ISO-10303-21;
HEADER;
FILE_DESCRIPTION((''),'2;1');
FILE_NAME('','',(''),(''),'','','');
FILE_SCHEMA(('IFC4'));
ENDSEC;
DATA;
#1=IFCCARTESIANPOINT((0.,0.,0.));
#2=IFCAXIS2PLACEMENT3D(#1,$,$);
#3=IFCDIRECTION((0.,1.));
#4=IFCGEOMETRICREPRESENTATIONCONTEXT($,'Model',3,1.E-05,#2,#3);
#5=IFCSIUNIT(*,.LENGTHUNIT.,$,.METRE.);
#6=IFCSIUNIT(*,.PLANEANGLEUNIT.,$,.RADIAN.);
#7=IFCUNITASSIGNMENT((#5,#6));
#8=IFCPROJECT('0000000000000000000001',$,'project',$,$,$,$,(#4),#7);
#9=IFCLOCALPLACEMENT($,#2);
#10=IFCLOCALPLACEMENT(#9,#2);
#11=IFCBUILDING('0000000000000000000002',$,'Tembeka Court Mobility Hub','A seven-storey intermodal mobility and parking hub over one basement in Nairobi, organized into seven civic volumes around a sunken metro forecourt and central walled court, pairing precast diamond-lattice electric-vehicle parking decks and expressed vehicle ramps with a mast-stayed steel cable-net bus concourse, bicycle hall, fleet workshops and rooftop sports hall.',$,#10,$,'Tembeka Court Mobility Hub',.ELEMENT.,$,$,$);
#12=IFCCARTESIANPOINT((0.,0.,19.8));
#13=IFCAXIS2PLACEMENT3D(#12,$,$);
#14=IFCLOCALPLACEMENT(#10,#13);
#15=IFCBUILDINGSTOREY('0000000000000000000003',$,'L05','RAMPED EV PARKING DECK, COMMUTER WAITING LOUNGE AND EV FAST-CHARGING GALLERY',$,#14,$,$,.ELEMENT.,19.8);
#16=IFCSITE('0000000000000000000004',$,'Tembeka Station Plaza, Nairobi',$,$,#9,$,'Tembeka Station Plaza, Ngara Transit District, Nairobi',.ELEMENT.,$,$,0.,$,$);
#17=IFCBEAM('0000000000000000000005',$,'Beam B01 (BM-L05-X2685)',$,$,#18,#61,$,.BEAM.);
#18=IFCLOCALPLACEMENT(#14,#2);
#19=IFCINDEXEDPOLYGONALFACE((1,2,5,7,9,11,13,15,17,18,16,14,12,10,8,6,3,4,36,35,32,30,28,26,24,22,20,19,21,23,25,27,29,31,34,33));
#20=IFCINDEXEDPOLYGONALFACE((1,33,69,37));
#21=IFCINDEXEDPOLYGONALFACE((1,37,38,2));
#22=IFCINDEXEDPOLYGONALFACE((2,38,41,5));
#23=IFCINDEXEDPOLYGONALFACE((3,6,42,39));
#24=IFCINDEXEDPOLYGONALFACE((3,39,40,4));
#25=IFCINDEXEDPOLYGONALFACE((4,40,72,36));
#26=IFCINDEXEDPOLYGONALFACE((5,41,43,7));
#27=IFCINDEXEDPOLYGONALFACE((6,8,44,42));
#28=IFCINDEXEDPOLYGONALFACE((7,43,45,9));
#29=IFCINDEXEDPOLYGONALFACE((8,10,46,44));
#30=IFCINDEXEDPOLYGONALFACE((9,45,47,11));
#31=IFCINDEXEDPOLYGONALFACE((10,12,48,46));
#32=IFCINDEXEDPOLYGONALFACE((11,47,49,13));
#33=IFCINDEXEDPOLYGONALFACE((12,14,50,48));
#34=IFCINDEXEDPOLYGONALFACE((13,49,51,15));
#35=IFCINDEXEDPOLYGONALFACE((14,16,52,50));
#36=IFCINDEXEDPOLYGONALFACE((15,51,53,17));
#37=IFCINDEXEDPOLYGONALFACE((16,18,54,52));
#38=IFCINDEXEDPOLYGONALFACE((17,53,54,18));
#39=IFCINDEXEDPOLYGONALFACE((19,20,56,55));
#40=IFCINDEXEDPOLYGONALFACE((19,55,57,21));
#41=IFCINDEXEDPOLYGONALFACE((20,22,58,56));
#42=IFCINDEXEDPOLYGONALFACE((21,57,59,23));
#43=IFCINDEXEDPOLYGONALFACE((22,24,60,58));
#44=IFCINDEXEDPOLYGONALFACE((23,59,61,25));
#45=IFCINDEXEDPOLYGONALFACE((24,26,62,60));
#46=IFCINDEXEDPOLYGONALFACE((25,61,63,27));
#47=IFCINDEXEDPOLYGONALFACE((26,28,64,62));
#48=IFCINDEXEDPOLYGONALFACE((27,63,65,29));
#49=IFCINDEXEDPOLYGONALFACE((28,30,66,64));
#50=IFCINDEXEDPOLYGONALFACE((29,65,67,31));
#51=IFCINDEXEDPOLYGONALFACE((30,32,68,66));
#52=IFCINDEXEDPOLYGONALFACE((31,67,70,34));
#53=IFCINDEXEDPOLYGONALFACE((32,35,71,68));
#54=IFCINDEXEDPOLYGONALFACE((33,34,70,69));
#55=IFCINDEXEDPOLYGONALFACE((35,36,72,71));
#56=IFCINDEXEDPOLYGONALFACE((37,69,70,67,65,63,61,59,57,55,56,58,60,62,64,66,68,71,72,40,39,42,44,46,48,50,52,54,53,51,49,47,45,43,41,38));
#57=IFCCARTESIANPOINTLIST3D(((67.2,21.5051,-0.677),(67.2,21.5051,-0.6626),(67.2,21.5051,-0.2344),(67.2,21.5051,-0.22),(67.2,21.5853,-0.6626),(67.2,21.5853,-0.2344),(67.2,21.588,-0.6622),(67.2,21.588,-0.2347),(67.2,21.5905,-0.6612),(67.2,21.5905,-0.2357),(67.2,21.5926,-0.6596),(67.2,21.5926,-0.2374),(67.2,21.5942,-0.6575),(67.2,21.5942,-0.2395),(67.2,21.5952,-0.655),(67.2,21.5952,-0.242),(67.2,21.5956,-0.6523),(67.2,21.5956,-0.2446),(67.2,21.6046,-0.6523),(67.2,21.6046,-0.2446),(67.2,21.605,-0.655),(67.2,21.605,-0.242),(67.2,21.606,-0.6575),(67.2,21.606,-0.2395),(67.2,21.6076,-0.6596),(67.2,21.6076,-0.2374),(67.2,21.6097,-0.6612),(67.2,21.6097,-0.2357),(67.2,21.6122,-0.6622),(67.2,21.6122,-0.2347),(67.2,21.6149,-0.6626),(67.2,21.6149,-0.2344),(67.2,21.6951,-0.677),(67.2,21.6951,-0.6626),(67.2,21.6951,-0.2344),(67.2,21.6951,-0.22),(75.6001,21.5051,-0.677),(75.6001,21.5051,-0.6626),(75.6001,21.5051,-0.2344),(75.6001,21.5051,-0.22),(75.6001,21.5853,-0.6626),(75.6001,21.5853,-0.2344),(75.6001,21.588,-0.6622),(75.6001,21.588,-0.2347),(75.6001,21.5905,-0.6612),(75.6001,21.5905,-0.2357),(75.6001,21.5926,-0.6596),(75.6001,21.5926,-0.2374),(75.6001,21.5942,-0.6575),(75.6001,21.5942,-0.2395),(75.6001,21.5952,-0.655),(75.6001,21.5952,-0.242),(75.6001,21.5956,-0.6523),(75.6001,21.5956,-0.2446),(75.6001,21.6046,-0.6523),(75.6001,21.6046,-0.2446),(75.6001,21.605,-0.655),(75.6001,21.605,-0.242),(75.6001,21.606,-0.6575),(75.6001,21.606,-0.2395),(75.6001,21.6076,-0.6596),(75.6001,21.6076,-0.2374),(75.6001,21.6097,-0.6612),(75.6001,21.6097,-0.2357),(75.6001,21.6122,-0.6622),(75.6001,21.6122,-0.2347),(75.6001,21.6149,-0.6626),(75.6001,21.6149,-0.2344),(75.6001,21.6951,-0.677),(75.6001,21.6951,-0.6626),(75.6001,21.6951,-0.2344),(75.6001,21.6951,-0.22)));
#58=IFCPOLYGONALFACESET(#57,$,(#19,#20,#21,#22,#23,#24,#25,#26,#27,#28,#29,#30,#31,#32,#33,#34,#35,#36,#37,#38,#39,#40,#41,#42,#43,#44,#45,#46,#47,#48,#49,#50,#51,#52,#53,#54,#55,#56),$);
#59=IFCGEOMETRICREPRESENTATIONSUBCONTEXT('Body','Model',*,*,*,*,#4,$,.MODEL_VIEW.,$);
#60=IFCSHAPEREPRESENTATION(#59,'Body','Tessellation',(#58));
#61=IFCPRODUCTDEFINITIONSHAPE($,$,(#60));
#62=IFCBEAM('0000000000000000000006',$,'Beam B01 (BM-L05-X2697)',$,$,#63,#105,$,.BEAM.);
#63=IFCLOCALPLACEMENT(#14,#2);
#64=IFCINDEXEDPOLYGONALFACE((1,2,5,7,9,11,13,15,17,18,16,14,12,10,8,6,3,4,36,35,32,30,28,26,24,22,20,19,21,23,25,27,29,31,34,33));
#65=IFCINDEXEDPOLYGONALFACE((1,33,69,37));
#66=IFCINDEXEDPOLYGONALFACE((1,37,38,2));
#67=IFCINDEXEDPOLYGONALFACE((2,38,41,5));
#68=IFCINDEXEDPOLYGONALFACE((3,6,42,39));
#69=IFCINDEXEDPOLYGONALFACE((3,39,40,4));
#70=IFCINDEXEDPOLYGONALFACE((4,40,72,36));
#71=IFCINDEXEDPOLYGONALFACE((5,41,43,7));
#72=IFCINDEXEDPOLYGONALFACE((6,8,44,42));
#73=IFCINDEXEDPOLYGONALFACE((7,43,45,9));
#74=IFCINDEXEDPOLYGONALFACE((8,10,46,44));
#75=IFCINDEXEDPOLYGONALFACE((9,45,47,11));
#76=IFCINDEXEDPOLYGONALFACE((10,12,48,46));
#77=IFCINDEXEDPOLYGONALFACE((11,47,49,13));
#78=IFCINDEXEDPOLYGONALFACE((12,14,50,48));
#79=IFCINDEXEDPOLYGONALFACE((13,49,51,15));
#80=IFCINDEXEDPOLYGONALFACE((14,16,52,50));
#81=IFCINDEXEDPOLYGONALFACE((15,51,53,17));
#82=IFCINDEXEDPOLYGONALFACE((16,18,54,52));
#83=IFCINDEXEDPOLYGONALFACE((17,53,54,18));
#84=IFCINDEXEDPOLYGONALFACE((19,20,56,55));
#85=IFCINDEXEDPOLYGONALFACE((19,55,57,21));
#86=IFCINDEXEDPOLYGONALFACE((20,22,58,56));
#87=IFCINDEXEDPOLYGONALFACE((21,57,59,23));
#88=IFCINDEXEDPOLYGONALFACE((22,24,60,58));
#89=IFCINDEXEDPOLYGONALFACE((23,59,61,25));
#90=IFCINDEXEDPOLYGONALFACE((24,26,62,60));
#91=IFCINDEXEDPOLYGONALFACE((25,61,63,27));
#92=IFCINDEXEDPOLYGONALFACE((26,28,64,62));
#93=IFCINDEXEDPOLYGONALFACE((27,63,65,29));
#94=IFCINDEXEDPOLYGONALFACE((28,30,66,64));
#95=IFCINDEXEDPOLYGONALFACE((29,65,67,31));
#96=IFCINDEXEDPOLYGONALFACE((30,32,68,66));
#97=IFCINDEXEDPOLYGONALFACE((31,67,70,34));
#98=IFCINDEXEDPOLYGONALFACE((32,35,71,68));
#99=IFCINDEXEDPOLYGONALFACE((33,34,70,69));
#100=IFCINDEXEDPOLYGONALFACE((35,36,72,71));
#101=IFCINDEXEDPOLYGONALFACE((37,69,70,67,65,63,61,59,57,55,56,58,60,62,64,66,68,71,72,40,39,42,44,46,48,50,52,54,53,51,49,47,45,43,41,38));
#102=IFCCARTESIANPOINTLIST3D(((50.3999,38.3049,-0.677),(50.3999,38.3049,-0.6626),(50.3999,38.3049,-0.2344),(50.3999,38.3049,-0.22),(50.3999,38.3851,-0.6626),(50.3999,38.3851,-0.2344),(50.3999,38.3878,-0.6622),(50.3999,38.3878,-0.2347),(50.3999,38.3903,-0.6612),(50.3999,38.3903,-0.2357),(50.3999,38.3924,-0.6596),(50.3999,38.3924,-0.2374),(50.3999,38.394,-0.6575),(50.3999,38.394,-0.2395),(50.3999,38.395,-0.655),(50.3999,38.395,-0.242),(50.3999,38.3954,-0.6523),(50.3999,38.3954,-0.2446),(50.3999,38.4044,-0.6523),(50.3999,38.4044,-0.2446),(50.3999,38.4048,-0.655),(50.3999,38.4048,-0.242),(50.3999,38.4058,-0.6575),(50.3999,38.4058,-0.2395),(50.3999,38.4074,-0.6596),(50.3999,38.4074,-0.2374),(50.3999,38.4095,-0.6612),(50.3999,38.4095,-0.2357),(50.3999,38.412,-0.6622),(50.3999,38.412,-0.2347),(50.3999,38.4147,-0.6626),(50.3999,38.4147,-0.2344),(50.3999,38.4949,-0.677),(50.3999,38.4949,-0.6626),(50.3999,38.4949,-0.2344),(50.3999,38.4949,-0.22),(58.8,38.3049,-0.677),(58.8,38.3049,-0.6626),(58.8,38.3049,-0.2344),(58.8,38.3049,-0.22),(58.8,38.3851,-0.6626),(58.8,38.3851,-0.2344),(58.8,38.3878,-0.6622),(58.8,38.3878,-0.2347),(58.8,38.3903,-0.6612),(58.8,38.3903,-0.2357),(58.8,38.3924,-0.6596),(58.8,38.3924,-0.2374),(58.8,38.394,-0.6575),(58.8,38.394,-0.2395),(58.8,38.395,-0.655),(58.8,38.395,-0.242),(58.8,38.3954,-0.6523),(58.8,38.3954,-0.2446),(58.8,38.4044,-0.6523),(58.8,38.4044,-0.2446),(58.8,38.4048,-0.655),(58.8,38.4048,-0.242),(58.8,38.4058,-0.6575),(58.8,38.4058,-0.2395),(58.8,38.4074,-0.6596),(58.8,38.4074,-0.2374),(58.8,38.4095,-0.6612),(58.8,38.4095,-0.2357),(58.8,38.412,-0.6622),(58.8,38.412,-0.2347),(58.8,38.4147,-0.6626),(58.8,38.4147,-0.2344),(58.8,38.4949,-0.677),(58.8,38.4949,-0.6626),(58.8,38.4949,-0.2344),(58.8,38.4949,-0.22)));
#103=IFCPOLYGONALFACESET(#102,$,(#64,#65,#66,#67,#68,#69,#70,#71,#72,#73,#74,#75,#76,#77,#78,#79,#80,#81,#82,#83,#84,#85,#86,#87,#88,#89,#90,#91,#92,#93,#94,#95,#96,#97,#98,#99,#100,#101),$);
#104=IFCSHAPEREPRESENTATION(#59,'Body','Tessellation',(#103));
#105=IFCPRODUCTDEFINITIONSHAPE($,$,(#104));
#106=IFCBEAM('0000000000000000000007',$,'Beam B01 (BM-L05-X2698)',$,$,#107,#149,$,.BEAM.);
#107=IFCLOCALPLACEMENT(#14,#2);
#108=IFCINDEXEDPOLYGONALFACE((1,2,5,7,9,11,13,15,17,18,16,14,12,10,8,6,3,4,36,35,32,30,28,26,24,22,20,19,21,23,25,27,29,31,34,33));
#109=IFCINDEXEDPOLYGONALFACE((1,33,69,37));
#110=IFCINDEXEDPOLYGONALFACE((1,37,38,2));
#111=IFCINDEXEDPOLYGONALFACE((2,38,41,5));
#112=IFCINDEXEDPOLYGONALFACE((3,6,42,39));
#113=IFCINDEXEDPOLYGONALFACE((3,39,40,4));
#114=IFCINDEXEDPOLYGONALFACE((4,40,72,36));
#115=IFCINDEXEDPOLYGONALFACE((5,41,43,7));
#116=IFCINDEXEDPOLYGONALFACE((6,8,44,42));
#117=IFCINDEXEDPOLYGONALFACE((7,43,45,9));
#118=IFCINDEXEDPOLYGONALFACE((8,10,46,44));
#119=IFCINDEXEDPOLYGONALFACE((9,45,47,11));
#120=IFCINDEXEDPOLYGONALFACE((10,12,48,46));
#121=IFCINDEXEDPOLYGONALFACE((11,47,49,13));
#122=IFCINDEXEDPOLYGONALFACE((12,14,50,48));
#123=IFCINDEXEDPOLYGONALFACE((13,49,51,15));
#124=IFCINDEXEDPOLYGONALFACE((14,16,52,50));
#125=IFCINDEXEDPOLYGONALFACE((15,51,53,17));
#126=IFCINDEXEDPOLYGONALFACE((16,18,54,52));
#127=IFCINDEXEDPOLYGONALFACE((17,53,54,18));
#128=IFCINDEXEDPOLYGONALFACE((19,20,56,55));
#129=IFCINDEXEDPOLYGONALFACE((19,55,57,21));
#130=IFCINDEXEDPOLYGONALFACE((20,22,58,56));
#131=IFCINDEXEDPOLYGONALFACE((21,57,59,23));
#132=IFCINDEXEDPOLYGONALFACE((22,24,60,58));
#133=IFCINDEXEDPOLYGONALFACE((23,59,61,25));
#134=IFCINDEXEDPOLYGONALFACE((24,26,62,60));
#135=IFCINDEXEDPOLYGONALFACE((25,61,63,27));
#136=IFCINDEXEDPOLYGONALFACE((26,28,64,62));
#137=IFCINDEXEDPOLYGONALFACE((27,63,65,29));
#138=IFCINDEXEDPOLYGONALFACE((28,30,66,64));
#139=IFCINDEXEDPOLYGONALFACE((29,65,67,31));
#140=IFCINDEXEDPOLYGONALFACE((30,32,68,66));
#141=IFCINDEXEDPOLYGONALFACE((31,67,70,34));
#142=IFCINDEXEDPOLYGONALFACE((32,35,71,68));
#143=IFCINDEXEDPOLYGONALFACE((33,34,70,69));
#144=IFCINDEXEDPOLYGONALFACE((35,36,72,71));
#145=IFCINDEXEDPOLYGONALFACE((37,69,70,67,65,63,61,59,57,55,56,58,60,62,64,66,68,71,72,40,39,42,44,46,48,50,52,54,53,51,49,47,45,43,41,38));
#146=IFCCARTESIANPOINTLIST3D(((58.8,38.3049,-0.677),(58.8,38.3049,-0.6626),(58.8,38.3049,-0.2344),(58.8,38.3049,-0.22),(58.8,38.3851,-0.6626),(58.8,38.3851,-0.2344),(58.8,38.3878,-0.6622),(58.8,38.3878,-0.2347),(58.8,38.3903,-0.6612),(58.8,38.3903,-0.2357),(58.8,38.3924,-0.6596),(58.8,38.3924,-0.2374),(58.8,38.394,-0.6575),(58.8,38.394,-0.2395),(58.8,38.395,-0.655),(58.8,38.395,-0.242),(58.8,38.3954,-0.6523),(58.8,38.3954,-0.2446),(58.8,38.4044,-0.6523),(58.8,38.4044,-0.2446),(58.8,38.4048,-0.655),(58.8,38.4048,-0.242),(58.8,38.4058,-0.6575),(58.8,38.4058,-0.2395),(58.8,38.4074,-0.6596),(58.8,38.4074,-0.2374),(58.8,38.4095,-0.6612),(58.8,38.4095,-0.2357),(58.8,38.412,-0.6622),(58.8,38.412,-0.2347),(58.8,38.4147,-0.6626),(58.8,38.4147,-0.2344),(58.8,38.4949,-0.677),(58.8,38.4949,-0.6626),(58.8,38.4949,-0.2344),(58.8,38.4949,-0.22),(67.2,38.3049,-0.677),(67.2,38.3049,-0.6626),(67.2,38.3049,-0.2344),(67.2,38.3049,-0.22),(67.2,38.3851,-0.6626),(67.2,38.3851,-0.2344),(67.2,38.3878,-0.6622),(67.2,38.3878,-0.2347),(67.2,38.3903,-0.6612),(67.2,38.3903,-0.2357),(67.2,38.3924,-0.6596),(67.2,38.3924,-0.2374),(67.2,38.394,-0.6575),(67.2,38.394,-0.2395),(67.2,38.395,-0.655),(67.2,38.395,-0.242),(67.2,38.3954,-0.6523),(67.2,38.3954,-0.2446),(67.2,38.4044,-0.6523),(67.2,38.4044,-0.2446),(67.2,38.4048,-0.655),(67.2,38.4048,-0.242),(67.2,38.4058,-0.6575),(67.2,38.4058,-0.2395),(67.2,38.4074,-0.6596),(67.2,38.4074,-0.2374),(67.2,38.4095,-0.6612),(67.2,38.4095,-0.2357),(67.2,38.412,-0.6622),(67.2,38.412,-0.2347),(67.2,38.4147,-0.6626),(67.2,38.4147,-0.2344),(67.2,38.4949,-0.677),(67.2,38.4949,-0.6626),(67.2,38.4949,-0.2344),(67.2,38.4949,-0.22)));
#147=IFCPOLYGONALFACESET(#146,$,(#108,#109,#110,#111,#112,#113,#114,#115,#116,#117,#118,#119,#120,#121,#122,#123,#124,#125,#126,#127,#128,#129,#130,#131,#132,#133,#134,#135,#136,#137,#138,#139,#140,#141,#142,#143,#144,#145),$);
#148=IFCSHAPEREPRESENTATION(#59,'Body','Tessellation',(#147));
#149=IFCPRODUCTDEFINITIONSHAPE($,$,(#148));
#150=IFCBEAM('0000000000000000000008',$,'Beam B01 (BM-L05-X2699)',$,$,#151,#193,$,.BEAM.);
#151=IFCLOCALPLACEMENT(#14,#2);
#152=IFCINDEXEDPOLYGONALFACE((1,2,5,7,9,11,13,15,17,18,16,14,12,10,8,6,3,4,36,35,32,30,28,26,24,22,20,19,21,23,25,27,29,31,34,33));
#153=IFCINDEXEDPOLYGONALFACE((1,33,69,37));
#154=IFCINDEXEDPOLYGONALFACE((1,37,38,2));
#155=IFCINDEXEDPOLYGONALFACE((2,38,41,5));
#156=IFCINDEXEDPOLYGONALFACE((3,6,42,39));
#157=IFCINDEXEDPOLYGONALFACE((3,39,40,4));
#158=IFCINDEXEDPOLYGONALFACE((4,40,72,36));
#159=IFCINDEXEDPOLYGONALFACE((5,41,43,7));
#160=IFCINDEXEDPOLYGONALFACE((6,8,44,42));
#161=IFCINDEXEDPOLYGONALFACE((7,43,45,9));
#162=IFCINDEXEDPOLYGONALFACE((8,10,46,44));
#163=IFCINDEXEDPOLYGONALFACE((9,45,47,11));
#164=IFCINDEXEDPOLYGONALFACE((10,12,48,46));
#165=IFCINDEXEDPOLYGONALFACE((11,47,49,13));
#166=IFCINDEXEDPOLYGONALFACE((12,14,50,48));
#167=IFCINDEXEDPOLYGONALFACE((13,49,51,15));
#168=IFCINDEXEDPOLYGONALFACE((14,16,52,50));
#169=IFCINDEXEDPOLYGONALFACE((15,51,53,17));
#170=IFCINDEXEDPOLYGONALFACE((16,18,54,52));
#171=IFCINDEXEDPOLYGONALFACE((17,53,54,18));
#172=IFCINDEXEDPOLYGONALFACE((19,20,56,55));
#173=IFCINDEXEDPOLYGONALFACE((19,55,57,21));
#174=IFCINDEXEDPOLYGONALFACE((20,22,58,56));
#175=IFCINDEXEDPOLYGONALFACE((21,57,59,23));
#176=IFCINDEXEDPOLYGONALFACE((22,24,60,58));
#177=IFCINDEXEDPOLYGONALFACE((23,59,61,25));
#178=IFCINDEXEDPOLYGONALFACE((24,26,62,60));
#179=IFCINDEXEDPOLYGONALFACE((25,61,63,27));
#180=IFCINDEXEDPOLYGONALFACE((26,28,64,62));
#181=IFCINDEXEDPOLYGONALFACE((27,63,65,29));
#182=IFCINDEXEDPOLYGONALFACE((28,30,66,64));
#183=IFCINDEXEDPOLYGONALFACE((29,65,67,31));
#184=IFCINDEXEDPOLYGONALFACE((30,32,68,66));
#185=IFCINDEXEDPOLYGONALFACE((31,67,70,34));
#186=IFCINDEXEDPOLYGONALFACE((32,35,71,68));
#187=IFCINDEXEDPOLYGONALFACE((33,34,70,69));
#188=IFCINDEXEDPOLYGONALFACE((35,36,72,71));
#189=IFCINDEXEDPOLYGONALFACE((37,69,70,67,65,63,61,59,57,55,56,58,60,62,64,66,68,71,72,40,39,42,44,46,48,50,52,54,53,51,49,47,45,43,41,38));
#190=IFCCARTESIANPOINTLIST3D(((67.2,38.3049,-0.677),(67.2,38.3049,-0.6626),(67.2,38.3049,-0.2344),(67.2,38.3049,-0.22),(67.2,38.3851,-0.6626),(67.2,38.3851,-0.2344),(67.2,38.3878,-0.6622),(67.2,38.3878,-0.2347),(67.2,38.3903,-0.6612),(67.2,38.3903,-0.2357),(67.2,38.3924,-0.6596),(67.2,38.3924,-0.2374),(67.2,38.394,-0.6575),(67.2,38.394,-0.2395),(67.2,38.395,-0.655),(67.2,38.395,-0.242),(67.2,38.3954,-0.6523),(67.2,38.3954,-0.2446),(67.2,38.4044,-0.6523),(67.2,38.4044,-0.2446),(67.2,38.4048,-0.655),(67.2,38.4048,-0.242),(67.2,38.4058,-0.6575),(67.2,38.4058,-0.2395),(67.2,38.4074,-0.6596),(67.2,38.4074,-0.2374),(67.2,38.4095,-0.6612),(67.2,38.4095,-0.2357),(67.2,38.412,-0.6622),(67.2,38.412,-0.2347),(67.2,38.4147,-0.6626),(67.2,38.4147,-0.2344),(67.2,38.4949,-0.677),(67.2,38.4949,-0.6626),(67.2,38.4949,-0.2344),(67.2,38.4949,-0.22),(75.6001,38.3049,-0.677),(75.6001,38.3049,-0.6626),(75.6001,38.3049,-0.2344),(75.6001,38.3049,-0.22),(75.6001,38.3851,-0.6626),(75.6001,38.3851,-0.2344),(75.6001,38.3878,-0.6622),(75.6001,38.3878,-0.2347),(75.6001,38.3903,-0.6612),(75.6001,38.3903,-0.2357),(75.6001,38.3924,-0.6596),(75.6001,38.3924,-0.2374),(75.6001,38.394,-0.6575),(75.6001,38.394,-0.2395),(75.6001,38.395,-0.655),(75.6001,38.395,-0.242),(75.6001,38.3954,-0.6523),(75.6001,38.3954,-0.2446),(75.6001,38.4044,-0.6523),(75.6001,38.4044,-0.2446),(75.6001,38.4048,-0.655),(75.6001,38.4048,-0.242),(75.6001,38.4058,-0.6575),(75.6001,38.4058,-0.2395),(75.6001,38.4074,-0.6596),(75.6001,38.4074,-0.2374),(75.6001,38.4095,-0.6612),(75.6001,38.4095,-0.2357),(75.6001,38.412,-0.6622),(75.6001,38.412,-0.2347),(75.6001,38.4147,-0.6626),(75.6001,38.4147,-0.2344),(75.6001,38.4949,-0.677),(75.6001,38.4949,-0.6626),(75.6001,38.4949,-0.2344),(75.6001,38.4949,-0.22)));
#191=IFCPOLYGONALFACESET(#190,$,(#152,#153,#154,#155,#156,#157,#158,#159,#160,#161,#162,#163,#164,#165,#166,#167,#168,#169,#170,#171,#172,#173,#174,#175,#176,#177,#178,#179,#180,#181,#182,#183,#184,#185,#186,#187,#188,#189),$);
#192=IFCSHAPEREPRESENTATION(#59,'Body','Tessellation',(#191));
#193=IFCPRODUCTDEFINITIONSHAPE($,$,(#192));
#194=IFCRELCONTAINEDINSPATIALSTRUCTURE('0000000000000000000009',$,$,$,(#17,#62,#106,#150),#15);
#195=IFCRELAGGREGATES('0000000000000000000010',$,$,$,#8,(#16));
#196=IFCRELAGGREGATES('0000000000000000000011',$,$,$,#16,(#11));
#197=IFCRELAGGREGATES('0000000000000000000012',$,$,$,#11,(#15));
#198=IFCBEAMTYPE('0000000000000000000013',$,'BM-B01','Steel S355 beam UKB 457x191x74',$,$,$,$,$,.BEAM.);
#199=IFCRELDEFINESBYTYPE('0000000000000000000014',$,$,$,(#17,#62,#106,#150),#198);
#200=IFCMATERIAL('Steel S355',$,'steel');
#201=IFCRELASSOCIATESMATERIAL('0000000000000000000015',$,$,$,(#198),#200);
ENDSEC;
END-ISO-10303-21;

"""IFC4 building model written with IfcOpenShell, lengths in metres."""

from ifc_helpers import new_model, si_unit, direction, frame, origin, origin_2d, place, context, subcontext, project, spatial, i_section, extrude, material, material_profile, profile_set, type_object, element, save


model = new_model("IFC4")

# Units and contexts
model_context = context("Model", 3, precision=1e-05, world=origin(), true_north=direction((0.0, 1.0)))
body_context = subcontext(model_context, "Body", "Model", "MODEL_VIEW")
ifc_project = project(units=[si_unit("LENGTHUNIT", "METRE"), si_unit("PLANEANGLEUNIT", "RADIAN")], contexts=[model_context])

# Site, building, storey
site_placement = place(None, origin())
site = spatial("IfcSite", under=ifc_project, at=site_placement, Name="Tembeka Station Plaza, Nairobi", LongName="Tembeka Station Plaza, Ngara Transit District, Nairobi", CompositionType="ELEMENT", RefElevation=0.0)
building_placement = place(site_placement, origin())
building = spatial("IfcBuilding", under=site, at=building_placement, Name="Tembeka Court Mobility Hub", Description="A seven-storey intermodal mobility and parking hub over one basement in Nairobi, organized into seven civic volumes around a sunken metro forecourt and central walled court, pairing precast diamond-lattice electric-vehicle parking decks and expressed vehicle ramps with a mast-stayed steel cable-net bus concourse, bicycle hall, fleet workshops and rooftop sports hall.", LongName="Tembeka Court Mobility Hub", CompositionType="ELEMENT")
storey_placement = place(building_placement, frame((0.0, 0.0, 19.8)))
storey = spatial("IfcBuildingStorey", under=building, at=storey_placement, Name="L05", Description="RAMPED EV PARKING DECK, COMMUTER WAITING LOUNGE AND EV FAST-CHARGING GALLERY", CompositionType="ELEMENT", Elevation=19.8)

# Shared definitions
ifc_material_1 = material(Name="Steel S355", Category="steel")

# Beams
ifc_material_profile_1 = material_profile(ifc_material_1, i_section(OverallWidth=0.1899, OverallDepth=0.457, WebThickness=0.009, FlangeThickness=0.0144, FilletRadius=0.0103, at=origin_2d()), Name="UKB 457x191x74")
ifc_profile_set_1 = profile_set([ifc_material_profile_1], Name="Steel S355")
beam_type_1 = type_object("IfcBeamType", Name="BM-B01", Description="Steel S355 beam UKB 457x191x74", PredefinedType="BEAM", material=ifc_profile_set_1)
for number, where, z_axis, x_axis, name in (
    (1, (67.2, 21.6001, -0.4485), (1.0, 0.0, 0.0), (0.0, 1.0, 0.0), "Beam B01 (BM-L05-X2685)"),
    (2, (50.3999, 38.3999, -0.4485), (1.0, 0.0, 0.0), (0.0, 1.0, 0.0), "Beam B01 (BM-L05-X2697)"),
):
    element("IfcBeam", number, at=place(storey_placement, frame(where, z_axis=z_axis, x_axis=x_axis)), inside=storey, type_object=beam_type_1, Name=name, PredefinedType="BEAM", context=body_context, shape_type="SweptSolid", body=[
        extrude(i_section(OverallWidth=0.1899, OverallDepth=0.457, WebThickness=0.009, FlangeThickness=0.0144, FilletRadius=0.0103, at=origin_2d()), origin(), (0.0, 0.0, 1.0), 8.4001),
    ])
beam_1_placement = place(storey_placement, frame((58.8, 38.3999, -0.4485), z_axis=(1.0, 0.0, 0.0), x_axis=(0.0, 1.0, 0.0)))
element("IfcBeam", 3, at=beam_1_placement, inside=storey, type_object=beam_type_1, Name="Beam B01 (BM-L05-X2698)", PredefinedType="BEAM", context=body_context, shape_type="SweptSolid", body=[
    extrude(i_section(OverallWidth=0.1899, OverallDepth=0.457, WebThickness=0.009, FlangeThickness=0.0144, FilletRadius=0.0103, at=origin_2d()), origin(), (0.0, 0.0, 1.0), 8.3999),
])
beam_2_placement = place(storey_placement, frame((67.2, 38.3999, -0.4485), z_axis=(1.0, 0.0, 0.0), x_axis=(0.0, 1.0, 0.0)))
element("IfcBeam", 4, at=beam_2_placement, inside=storey, type_object=beam_type_1, Name="Beam B01 (BM-L05-X2699)", PredefinedType="BEAM", context=body_context, shape_type="SweptSolid", body=[
    extrude(i_section(OverallWidth=0.1899, OverallDepth=0.457, WebThickness=0.009, FlangeThickness=0.0144, FilletRadius=0.0103, at=origin_2d()), origin(), (0.0, 0.0, 1.0), 8.4001),
])

save(model, "model.ifc")
